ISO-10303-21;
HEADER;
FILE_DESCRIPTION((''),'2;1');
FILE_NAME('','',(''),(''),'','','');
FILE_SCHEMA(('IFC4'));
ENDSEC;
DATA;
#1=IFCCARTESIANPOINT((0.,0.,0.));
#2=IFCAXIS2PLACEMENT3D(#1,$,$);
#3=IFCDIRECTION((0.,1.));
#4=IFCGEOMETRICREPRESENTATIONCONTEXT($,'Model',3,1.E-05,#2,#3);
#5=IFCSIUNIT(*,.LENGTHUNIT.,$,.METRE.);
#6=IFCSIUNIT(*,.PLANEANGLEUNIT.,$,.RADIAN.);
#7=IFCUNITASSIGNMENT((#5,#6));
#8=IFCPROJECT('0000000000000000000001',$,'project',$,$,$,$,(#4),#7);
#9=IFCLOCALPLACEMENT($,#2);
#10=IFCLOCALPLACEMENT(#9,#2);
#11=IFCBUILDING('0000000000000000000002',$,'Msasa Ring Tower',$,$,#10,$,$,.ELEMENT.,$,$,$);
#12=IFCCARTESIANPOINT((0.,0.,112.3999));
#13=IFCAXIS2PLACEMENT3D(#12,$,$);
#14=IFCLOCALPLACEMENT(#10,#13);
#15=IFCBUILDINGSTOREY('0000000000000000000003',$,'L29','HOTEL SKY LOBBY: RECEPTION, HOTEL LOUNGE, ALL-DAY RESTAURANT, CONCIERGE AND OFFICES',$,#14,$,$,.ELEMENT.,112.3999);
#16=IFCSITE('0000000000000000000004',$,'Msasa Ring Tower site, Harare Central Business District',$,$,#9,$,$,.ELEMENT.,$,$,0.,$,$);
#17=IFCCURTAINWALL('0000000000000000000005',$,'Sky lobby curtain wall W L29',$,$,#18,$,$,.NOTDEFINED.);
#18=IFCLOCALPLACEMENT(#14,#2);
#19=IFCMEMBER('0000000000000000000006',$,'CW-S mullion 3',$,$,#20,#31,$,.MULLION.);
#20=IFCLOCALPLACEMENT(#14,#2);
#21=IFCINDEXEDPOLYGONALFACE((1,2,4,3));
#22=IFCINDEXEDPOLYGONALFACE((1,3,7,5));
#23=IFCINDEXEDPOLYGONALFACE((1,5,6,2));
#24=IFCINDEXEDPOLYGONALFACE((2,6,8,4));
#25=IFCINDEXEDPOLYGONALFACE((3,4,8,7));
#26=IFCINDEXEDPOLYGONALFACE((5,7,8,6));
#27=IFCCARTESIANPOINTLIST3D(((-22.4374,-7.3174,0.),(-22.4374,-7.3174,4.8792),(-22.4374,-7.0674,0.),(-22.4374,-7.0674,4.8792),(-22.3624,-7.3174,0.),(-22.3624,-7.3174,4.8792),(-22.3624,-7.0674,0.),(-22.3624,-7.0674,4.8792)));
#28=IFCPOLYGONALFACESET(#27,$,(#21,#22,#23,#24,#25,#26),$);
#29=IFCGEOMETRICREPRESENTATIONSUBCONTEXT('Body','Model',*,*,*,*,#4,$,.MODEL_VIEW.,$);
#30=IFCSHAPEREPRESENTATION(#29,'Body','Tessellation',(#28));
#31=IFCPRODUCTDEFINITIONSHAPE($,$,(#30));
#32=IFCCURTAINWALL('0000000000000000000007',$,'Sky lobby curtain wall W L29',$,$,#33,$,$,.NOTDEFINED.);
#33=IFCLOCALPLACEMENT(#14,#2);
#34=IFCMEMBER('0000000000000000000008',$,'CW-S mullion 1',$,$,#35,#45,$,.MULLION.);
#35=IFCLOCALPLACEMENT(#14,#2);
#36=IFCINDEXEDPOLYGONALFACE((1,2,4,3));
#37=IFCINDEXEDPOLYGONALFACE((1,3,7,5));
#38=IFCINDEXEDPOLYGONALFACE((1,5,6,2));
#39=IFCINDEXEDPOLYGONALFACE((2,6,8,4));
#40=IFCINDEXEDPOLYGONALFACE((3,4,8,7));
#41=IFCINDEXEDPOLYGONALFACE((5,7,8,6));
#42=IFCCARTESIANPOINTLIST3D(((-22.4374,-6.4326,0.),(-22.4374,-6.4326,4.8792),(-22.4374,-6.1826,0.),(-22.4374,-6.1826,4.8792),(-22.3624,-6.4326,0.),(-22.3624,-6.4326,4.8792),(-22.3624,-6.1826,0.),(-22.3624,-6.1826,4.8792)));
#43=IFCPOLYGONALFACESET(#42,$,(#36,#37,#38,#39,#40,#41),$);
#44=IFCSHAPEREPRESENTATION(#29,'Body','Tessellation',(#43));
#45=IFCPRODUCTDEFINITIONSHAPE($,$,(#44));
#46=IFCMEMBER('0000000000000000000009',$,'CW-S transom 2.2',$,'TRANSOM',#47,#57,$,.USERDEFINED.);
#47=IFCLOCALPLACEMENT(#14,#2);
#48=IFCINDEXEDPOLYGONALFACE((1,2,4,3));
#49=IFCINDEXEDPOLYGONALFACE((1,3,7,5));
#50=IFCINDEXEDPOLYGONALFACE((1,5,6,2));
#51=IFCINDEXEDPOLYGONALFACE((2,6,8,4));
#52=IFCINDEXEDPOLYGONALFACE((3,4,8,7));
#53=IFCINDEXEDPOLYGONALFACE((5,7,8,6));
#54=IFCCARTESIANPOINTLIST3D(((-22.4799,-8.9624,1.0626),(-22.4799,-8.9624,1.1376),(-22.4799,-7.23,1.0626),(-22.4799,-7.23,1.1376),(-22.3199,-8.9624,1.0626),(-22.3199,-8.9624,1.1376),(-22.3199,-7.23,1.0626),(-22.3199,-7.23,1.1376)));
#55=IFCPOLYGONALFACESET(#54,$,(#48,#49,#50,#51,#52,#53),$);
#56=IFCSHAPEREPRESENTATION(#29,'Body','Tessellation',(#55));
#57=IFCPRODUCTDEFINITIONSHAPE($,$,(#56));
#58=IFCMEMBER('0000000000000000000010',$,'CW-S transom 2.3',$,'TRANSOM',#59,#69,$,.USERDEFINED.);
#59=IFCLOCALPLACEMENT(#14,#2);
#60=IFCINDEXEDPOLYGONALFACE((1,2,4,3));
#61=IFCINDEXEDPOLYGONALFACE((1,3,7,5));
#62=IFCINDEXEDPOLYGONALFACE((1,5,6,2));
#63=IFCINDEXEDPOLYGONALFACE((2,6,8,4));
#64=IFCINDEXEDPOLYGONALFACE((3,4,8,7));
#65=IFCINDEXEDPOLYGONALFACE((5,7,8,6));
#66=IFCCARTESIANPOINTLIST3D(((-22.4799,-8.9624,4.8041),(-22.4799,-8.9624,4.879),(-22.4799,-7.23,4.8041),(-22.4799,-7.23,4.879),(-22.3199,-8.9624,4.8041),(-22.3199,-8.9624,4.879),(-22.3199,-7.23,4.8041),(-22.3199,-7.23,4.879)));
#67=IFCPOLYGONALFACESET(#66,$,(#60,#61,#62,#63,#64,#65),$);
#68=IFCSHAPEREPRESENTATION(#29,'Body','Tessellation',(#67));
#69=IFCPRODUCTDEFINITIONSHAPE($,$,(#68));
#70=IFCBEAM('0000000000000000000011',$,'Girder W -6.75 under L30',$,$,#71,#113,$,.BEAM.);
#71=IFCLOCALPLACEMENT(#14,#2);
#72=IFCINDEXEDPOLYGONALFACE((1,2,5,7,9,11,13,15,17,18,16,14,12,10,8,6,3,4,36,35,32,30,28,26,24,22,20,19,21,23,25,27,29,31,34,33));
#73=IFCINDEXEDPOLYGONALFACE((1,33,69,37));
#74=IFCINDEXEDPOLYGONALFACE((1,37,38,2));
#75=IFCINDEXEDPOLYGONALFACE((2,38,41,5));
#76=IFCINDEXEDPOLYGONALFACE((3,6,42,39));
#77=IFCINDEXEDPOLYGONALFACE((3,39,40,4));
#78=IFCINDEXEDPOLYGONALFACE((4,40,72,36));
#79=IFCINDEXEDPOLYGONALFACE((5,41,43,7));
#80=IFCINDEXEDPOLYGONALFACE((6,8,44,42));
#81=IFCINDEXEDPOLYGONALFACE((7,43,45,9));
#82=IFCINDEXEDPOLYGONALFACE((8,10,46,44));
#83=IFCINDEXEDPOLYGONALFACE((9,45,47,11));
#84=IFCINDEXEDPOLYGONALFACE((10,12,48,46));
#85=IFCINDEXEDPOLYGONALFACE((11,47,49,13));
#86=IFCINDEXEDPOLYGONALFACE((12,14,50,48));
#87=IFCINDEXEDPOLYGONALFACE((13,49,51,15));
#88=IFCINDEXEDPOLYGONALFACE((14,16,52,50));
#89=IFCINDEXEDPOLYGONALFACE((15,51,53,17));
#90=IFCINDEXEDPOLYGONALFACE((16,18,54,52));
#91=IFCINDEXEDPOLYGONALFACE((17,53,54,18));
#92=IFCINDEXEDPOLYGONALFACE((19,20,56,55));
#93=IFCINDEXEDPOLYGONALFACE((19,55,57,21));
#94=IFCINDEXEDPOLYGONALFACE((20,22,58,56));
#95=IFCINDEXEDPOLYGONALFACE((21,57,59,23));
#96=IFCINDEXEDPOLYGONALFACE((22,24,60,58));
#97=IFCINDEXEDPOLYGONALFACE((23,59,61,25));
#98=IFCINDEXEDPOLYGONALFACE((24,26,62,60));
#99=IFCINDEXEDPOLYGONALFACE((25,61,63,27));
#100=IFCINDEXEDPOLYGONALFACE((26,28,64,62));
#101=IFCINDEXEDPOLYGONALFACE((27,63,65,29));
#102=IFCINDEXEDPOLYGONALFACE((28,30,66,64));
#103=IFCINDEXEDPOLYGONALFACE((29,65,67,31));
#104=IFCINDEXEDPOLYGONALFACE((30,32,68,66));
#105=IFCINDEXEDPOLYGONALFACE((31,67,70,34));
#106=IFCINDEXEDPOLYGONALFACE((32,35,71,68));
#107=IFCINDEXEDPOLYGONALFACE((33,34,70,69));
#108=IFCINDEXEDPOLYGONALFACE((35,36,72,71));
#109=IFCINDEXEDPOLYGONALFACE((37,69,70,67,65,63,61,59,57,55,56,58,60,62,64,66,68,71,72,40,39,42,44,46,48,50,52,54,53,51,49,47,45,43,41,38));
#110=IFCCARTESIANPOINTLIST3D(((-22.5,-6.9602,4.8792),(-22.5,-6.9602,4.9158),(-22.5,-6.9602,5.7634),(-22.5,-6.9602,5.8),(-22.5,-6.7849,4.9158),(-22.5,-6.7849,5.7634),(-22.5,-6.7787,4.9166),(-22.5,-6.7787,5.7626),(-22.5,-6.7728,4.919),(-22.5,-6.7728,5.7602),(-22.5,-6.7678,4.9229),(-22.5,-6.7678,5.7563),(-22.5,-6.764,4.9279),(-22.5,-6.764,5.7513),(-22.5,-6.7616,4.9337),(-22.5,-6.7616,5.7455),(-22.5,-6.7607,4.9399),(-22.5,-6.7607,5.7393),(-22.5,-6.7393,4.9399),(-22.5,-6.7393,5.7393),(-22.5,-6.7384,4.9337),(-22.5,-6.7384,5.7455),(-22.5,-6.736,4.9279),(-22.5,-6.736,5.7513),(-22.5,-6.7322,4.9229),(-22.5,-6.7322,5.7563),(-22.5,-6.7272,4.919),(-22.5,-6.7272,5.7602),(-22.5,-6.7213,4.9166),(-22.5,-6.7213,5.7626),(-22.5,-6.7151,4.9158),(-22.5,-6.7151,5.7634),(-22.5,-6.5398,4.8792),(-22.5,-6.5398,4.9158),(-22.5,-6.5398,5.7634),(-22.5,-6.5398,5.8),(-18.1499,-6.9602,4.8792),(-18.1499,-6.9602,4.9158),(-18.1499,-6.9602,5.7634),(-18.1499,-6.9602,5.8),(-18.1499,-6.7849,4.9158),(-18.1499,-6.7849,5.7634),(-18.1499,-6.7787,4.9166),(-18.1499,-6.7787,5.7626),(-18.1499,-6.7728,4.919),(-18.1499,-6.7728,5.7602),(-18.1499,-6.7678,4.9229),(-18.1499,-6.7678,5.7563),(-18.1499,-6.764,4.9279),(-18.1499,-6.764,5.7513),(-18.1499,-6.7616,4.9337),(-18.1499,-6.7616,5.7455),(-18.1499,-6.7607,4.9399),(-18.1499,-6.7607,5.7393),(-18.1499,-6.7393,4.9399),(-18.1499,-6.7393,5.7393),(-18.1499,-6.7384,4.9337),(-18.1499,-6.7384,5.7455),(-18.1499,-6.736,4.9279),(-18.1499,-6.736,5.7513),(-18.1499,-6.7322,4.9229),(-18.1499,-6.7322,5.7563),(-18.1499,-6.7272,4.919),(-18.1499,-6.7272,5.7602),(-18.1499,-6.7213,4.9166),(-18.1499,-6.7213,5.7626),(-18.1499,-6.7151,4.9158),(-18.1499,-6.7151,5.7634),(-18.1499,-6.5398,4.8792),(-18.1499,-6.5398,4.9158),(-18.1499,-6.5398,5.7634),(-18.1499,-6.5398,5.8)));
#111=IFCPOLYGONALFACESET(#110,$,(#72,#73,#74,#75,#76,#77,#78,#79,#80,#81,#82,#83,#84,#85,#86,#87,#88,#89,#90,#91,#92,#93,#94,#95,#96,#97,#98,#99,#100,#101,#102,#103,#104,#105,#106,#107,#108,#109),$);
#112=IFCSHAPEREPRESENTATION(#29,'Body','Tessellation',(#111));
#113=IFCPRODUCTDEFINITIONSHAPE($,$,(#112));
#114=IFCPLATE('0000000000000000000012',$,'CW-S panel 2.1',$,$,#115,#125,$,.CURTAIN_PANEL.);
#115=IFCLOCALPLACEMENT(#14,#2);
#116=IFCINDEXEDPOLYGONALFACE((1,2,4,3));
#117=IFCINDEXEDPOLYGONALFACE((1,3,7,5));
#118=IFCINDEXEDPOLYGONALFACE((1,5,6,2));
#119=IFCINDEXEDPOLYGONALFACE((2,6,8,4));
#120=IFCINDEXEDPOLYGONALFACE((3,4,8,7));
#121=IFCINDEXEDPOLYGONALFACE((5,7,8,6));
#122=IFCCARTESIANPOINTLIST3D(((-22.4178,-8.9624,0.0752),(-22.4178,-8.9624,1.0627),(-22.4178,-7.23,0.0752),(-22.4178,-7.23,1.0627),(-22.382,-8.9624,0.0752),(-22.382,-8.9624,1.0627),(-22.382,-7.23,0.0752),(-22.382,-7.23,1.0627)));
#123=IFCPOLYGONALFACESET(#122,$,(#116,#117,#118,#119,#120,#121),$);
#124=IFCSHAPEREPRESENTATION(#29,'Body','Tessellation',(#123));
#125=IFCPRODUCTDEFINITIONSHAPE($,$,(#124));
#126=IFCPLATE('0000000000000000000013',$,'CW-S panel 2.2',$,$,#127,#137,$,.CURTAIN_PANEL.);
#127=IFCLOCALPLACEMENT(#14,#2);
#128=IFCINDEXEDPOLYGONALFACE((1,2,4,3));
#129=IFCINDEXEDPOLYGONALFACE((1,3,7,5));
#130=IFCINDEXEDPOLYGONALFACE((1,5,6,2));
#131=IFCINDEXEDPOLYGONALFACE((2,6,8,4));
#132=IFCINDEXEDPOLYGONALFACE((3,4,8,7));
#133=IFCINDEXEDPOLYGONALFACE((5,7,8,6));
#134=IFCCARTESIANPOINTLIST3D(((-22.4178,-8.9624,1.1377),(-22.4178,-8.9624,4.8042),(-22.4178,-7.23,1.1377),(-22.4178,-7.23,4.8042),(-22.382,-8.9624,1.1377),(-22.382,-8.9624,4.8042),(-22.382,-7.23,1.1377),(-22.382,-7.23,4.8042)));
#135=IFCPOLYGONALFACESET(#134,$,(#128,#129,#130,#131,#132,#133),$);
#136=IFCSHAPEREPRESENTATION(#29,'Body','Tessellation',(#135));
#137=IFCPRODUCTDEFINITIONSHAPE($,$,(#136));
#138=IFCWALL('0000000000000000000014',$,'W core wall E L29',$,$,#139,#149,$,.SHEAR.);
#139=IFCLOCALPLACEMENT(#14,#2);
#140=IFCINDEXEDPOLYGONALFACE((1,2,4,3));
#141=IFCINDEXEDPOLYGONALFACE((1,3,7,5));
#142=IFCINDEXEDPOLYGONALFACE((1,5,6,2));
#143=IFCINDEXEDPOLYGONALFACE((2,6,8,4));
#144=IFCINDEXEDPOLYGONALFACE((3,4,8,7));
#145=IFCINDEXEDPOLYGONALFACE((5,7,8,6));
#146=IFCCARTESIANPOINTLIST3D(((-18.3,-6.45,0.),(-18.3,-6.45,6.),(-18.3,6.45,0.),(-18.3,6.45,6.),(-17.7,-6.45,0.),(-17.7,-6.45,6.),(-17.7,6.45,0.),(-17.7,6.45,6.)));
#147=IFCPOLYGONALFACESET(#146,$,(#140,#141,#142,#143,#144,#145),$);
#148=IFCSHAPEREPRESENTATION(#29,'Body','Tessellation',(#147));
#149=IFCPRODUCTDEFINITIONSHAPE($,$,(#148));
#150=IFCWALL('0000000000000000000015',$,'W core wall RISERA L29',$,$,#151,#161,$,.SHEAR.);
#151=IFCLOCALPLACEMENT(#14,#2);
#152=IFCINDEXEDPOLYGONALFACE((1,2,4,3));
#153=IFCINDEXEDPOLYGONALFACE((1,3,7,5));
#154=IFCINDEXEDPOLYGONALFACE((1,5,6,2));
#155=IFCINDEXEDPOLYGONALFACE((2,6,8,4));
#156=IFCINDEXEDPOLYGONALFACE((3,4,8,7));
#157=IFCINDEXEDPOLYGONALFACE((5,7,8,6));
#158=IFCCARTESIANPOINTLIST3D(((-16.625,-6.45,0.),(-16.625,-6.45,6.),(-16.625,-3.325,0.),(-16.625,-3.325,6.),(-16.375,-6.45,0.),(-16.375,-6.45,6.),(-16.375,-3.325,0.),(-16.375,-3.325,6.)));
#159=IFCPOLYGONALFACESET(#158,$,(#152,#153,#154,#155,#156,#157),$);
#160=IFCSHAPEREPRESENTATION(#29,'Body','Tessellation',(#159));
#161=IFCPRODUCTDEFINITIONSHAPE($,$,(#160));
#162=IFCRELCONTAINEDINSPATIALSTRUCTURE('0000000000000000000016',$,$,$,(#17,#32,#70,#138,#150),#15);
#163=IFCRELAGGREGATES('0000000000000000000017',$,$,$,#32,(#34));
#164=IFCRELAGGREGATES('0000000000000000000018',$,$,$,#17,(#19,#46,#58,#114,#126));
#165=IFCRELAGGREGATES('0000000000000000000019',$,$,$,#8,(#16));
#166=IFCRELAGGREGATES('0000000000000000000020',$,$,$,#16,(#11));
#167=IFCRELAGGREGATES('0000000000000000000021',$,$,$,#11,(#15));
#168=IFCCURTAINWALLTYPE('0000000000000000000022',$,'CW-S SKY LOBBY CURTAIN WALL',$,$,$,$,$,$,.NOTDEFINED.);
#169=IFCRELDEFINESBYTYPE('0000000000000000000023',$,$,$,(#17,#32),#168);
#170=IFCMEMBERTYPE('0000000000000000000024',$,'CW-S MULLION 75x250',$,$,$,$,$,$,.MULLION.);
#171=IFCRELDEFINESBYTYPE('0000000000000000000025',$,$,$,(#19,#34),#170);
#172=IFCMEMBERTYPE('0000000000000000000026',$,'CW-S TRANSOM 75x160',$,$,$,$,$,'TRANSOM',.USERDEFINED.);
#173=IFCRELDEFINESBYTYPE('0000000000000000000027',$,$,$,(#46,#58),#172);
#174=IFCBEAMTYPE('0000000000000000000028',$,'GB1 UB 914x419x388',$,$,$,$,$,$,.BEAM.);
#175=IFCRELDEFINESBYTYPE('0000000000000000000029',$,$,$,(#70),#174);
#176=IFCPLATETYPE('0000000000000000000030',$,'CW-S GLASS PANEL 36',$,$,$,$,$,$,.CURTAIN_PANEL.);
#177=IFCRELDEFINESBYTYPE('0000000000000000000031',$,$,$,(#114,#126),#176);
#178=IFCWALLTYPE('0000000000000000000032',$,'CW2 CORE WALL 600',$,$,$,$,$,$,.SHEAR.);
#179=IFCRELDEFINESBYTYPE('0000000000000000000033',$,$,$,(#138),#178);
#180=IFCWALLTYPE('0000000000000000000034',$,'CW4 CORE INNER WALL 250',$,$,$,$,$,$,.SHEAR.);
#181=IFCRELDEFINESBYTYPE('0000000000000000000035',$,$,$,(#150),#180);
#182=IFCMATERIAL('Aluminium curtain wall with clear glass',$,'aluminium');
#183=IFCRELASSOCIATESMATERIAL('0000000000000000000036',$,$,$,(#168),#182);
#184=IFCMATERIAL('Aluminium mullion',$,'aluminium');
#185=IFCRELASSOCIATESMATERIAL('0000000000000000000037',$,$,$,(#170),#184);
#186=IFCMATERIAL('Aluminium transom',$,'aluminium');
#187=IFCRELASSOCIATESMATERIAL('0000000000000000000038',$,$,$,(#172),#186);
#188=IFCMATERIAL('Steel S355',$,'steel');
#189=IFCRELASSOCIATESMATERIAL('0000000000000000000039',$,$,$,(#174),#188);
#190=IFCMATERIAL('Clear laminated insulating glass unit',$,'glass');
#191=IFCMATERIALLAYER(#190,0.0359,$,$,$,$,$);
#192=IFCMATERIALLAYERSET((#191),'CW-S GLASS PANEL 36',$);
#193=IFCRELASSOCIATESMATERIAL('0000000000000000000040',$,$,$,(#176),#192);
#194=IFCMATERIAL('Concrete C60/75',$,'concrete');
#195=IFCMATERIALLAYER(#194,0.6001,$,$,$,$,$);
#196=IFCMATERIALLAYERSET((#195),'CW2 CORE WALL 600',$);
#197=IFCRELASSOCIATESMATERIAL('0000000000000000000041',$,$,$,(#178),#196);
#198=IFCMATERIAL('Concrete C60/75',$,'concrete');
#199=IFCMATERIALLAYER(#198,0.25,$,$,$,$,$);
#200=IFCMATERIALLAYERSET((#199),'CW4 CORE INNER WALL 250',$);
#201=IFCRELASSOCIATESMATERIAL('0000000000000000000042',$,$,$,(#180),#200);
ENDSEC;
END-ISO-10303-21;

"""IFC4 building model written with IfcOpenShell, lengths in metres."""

from ifc_helpers import new_model, si_unit, direction, frame, frame_2d, origin, origin_2d, place, context, subcontext, project, spatial, rectangle, i_section, extrude, material, layer, layer_set, material_profile, profile_set, type_object, element, aggregate, save


model = new_model("IFC4")

# Units and contexts
model_context = context("Model", 3, precision=1e-05, world=origin(), true_north=direction((0.0, 1.0)))
body_context = subcontext(model_context, "Body", "Model", "MODEL_VIEW")
ifc_project = project(units=[si_unit("LENGTHUNIT", "METRE"), si_unit("PLANEANGLEUNIT", "RADIAN")], contexts=[model_context])

# Site, building, storey
site_placement = place(None, origin())
site = spatial("IfcSite", under=ifc_project, at=site_placement, Name="Msasa Ring Tower site, Harare Central Business District", CompositionType="ELEMENT", RefElevation=0.0)
building_placement = place(site_placement, origin())
building = spatial("IfcBuilding", under=site, at=building_placement, Name="Msasa Ring Tower", CompositionType="ELEMENT")
storey_placement = place(building_placement, frame((0.0, 0.0, 112.3999)))
storey = spatial("IfcBuildingStorey", under=building, at=storey_placement, Name="L29", Description="HOTEL SKY LOBBY: RECEPTION, HOTEL LOUNGE, ALL-DAY RESTAURANT, CONCIERGE AND OFFICES", CompositionType="ELEMENT", Elevation=112.3999)

# Curtain walls, members
ifc_material_1 = material(Name="Aluminium curtain wall with clear glass", Category="aluminium")
curtain_wall_type = type_object("IfcCurtainWallType", Name="CW-S SKY LOBBY CURTAIN WALL", PredefinedType="NOTDEFINED", material=ifc_material_1)
curtain_wall_1_placement = place(storey_placement, origin())
curtain_wall_1 = element("IfcCurtainWall", 1, at=curtain_wall_1_placement, inside=storey, type_object=curtain_wall_type, Name="Sky lobby curtain wall W L29", PredefinedType="NOTDEFINED")
ifc_material_2 = material(Name="Aluminium mullion", Category="aluminium")
ifc_material_profile_1 = material_profile(ifc_material_2, rectangle(XDim=0.075, YDim=0.25, at=origin_2d()), Name="AL 75x250")
ifc_profile_set_1 = profile_set([ifc_material_profile_1], Name="Aluminium mullion")
member_type_1 = type_object("IfcMemberType", Name="CW-S MULLION 75x250", PredefinedType="MULLION", material=ifc_profile_set_1)
member_1_placement = place(storey_placement, frame((-22.3999, -7.1924, 0.0), z_axis=(0.0, 0.0, 1.0), x_axis=(-1.0, 0.0, 0.0)))
member_1 = element("IfcMember", 2, at=member_1_placement, type_object=member_type_1, Name="CW-S mullion 3", PredefinedType="MULLION", context=body_context, shape_type="SweptSolid", body=[
    extrude(rectangle(XDim=0.075, YDim=0.25, at=origin_2d()), origin(), (0.0, 0.0, 1.0), 4.8792),
])
curtain_wall_2_placement = place(storey_placement, origin())
curtain_wall_2 = element("IfcCurtainWall", 3, at=curtain_wall_2_placement, inside=storey, type_object=curtain_wall_type, Name="Sky lobby curtain wall W L29", PredefinedType="NOTDEFINED")
member_2_placement = place(storey_placement, frame((-22.3999, -6.3076, 0.0), z_axis=(0.0, 0.0, 1.0), x_axis=(-1.0, 0.0, 0.0)))
member_2 = element("IfcMember", 4, at=member_2_placement, type_object=member_type_1, Name="CW-S mullion 1", PredefinedType="MULLION", context=body_context, shape_type="SweptSolid", body=[
    extrude(rectangle(XDim=0.075, YDim=0.25, at=origin_2d()), origin(), (0.0, 0.0, 1.0), 4.8792),
])
aggregate(curtain_wall_2, [member_2])

# Members
ifc_material_3 = material(Name="Aluminium transom", Category="aluminium")
ifc_material_profile_2 = material_profile(ifc_material_3, rectangle(XDim=0.1599, YDim=0.075, at=origin_2d()), Name="AL 75x160")
ifc_profile_set_2 = profile_set([ifc_material_profile_2], Name="Aluminium transom")
member_type_2 = type_object("IfcMemberType", Name="CW-S TRANSOM 75x160", ElementType="TRANSOM", PredefinedType="USERDEFINED", material=ifc_profile_set_2)
member_3_placement = place(storey_placement, frame((-22.3999, -8.9624, 1.1001), z_axis=(0.0, 1.0, 0.0), x_axis=(-1.0, 0.0, 0.0)))
member_3 = element("IfcMember", 5, at=member_3_placement, type_object=member_type_2, Name="CW-S transom 2.2", ObjectType="TRANSOM", PredefinedType="USERDEFINED", context=body_context, shape_type="SweptSolid", body=[
    extrude(rectangle(XDim=0.1599, YDim=0.075, at=origin_2d()), origin(), (0.0, 0.0, 1.0), 1.7324),
])
member_4_placement = place(storey_placement, frame((-22.3999, -8.9624, 4.8416), z_axis=(0.0, 1.0, 0.0), x_axis=(-1.0, 0.0, 0.0)))
member_4 = element("IfcMember", 6, at=member_4_placement, type_object=member_type_2, Name="CW-S transom 2.3", ObjectType="TRANSOM", PredefinedType="USERDEFINED", context=body_context, shape_type="SweptSolid", body=[
    extrude(rectangle(XDim=0.1599, YDim=0.075, at=origin_2d()), origin(), (0.0, 0.0, 1.0), 1.7324),
])

# Beam
ifc_material_4 = material(Name="Steel S355", Category="steel")
ifc_material_profile_3 = material_profile(ifc_material_4, i_section(OverallWidth=0.4204, OverallDepth=0.9209, WebThickness=0.0215, FlangeThickness=0.0366, FilletRadius=0.0242, at=origin_2d()), Name="UB 914x419x388")
ifc_profile_set_3 = profile_set([ifc_material_profile_3], Name="Steel S355")
beam_type = type_object("IfcBeamType", Name="GB1 UB 914x419x388", PredefinedType="BEAM", material=ifc_profile_set_3)
beam_placement = place(storey_placement, frame((-18.1499, -6.75, 5.3396), z_axis=(-1.0, 0.0, 0.0), x_axis=(0.0, -1.0, 0.0)))
element("IfcBeam", 7, at=beam_placement, inside=storey, type_object=beam_type, Name="Girder W -6.75 under L30", PredefinedType="BEAM", context=body_context, shape_type="SweptSolid", body=[
    extrude(i_section(OverallWidth=0.4204, OverallDepth=0.9209, WebThickness=0.0215, FlangeThickness=0.0366, FilletRadius=0.0242, at=origin_2d()), origin(), (0.0, 0.0, 1.0), 4.3501),
])

# Plates
ifc_material_5 = material(Name="Clear laminated insulating glass unit", Category="glass")
ifc_layer_1 = layer(ifc_material_5, 0.0359)
ifc_layer_set_1 = layer_set([ifc_layer_1], Name="CW-S GLASS PANEL 36")
plate_type = type_object("IfcPlateType", Name="CW-S GLASS PANEL 36", PredefinedType="CURTAIN_PANEL", material=ifc_layer_set_1)
plate_1_placement = place(storey_placement, frame((-22.3999, -8.0962, 0.0752), z_axis=(0.0, 0.0, 1.0), x_axis=(0.0, 1.0, 0.0)))
plate_1 = element("IfcPlate", 8, at=plate_1_placement, type_object=plate_type, Name="CW-S panel 2.1", PredefinedType="CURTAIN_PANEL", context=body_context, shape_type="SweptSolid", body=[
    extrude(rectangle(XDim=1.7324, YDim=0.0359, at=origin_2d()), origin(), (0.0, 0.0, 1.0), 0.9875),
])
plate_2_placement = place(storey_placement, frame((-22.3999, -8.0962, 1.1377), z_axis=(0.0, 0.0, 1.0), x_axis=(0.0, 1.0, 0.0)))
plate_2 = element("IfcPlate", 9, at=plate_2_placement, type_object=plate_type, Name="CW-S panel 2.2", PredefinedType="CURTAIN_PANEL", context=body_context, shape_type="SweptSolid", body=[
    extrude(rectangle(XDim=1.7324, YDim=0.0359, at=origin_2d()), origin(), (0.0, 0.0, 1.0), 3.6665),
])
aggregate(curtain_wall_1, [member_1, member_3, member_4, plate_1, plate_2])

# Walls
ifc_material_6 = material(Name="Concrete C60/75", Category="concrete")
ifc_layer_2 = layer(ifc_material_6, 0.6001)
ifc_layer_set_2 = layer_set([ifc_layer_2], Name="CW2 CORE WALL 600")
wall_type_1 = type_object("IfcWallType", Name="CW2 CORE WALL 600", PredefinedType="SHEAR", material=ifc_layer_set_2)
wall_1_placement = place(storey_placement, frame((-18.0, -6.45, 0.0), z_axis=(0.0, 0.0, 1.0), x_axis=(0.0, 1.0, 0.0)))
element("IfcWall", 10, at=wall_1_placement, inside=storey, type_object=wall_type_1, Name="W core wall E L29", PredefinedType="SHEAR", context=body_context, shape_type="SweptSolid", body=[
    extrude(rectangle(XDim=12.8999, YDim=0.6001, at=frame_2d((6.45, 0.0))), origin(), (0.0, 0.0, 1.0), 6.0),
])
ifc_material_7 = material(Name="Concrete C60/75", Category="concrete")
ifc_layer_3 = layer(ifc_material_7, 0.25)
ifc_layer_set_3 = layer_set([ifc_layer_3], Name="CW4 CORE INNER WALL 250")
wall_type_2 = type_object("IfcWallType", Name="CW4 CORE INNER WALL 250", PredefinedType="SHEAR", material=ifc_layer_set_3)
wall_2_placement = place(storey_placement, frame((-16.5, -6.45, 0.0), z_axis=(0.0, 0.0, 1.0), x_axis=(0.0, 1.0, 0.0)))
element("IfcWall", 11, at=wall_2_placement, inside=storey, type_object=wall_type_2, Name="W core wall RISERA L29", PredefinedType="SHEAR", context=body_context, shape_type="SweptSolid", body=[
    extrude(rectangle(XDim=3.125, YDim=0.25, at=frame_2d((1.5625, 0.0))), origin(), (0.0, 0.0, 1.0), 6.0),
])

save(model, "model.ifc")
